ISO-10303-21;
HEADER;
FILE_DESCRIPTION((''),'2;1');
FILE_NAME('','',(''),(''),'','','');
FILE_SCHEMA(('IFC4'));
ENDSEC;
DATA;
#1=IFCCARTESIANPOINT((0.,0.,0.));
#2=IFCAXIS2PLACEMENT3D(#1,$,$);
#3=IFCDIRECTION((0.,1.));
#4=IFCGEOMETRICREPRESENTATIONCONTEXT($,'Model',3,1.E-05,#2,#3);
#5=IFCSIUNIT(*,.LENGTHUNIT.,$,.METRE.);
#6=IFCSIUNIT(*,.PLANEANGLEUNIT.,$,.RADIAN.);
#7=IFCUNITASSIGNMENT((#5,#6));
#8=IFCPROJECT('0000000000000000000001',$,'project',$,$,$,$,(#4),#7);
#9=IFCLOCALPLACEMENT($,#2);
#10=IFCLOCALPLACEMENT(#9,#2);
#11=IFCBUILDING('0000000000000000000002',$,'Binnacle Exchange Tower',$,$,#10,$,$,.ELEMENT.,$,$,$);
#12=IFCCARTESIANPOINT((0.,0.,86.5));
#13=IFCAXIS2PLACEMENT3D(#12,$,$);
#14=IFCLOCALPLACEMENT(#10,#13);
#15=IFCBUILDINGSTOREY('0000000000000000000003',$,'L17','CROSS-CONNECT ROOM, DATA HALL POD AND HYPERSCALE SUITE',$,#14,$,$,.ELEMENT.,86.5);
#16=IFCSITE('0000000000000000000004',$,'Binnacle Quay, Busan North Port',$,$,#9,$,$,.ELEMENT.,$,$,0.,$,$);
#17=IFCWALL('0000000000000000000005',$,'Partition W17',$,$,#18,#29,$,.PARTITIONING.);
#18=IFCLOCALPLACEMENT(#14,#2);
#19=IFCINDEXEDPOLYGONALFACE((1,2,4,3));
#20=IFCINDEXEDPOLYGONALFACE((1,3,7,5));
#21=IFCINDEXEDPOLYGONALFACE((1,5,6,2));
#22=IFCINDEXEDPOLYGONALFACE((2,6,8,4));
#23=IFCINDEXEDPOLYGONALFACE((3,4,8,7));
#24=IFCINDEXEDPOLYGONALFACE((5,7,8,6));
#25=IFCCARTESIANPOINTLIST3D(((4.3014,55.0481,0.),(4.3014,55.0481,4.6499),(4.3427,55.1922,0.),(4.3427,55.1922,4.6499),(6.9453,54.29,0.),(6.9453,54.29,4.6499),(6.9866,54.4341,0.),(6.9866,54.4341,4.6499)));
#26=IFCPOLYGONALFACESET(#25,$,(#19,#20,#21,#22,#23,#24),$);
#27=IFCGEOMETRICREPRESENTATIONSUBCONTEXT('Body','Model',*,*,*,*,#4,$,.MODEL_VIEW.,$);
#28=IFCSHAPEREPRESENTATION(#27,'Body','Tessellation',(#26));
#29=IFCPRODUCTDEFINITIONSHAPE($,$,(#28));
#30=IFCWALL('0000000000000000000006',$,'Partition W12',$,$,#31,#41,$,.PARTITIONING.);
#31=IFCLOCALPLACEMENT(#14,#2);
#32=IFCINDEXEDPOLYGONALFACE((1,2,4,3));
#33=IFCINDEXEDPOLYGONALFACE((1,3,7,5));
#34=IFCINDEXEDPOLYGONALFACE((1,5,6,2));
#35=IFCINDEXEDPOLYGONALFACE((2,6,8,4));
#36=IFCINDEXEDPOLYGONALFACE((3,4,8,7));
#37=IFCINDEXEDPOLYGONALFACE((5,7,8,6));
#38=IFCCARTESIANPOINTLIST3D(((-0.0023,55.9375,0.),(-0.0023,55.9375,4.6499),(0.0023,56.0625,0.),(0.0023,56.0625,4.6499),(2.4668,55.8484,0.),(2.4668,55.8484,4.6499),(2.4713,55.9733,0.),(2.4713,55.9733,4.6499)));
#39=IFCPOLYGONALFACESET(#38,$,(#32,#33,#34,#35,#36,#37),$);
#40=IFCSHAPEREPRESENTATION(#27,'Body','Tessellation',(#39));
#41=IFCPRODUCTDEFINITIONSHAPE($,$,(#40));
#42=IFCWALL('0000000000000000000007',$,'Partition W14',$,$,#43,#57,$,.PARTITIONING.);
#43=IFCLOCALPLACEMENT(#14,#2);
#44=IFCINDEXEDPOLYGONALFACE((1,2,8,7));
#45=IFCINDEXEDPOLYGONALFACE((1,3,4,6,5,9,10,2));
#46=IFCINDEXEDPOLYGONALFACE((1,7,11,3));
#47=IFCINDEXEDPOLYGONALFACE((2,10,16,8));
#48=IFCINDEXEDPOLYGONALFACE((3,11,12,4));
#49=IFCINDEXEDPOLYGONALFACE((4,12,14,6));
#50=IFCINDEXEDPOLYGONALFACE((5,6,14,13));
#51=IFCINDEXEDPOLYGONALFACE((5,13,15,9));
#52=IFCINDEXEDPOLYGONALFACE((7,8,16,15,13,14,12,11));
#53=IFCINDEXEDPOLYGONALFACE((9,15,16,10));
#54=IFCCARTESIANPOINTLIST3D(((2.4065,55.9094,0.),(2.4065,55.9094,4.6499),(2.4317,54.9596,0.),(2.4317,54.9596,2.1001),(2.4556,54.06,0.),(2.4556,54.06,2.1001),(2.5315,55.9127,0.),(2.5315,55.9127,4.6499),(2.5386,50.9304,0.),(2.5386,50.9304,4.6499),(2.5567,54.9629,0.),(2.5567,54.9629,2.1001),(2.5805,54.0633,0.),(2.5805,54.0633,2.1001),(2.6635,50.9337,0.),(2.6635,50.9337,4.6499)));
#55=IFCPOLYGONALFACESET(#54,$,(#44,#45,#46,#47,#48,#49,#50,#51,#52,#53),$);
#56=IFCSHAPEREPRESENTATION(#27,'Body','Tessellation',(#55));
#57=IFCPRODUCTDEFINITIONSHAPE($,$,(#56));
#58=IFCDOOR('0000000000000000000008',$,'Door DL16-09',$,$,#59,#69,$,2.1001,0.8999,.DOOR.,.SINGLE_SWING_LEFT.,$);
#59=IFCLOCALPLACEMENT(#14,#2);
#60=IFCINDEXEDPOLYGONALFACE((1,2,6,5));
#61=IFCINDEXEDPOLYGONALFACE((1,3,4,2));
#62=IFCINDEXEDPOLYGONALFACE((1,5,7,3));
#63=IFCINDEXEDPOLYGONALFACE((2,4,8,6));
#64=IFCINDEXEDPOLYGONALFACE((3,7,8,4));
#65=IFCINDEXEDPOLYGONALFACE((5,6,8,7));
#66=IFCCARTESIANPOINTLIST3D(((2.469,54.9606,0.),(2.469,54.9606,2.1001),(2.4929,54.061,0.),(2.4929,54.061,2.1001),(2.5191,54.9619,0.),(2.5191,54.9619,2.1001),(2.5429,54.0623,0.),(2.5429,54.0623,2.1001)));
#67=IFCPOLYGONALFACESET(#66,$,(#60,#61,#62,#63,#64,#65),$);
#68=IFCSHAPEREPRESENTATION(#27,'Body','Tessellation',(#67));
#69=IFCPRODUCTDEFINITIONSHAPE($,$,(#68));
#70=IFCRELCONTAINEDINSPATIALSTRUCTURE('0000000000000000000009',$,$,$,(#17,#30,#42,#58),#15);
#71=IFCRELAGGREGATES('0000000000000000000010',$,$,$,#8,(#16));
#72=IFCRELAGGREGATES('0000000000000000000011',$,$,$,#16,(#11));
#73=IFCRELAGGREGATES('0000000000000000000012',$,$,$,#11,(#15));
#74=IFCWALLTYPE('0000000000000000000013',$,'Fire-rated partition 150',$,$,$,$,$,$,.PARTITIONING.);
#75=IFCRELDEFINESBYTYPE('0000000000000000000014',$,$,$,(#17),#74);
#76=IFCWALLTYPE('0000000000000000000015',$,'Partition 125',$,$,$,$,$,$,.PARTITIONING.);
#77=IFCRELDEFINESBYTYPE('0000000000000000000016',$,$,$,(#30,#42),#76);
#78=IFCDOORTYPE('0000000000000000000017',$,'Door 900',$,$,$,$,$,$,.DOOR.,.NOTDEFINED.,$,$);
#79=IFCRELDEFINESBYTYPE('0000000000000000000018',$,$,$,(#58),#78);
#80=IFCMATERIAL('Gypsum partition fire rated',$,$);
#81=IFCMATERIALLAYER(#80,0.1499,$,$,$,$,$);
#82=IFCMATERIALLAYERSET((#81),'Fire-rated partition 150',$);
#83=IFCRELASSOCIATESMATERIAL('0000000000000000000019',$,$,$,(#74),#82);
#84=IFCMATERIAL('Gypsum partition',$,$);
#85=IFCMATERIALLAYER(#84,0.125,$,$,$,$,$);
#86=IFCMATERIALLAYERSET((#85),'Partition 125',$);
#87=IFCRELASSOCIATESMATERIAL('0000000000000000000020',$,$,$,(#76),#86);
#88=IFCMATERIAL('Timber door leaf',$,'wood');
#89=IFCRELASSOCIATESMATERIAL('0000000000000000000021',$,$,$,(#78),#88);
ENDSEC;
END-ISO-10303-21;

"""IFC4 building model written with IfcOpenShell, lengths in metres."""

from ifc_helpers import new_model, si_unit, direction, frame, frame_2d, origin, place, context, subcontext, project, spatial, rectangle, extrude, material, layer, layer_set, type_object, element, fill, save


model = new_model("IFC4")

# Units and contexts
model_context = context("Model", 3, precision=1e-05, world=origin(), true_north=direction((0.0, 1.0)))
body_context = subcontext(model_context, "Body", "Model", "MODEL_VIEW")
ifc_project = project(units=[si_unit("LENGTHUNIT", "METRE"), si_unit("PLANEANGLEUNIT", "RADIAN")], contexts=[model_context])

# Site, building, storey
site_placement = place(None, origin())
site = spatial("IfcSite", under=ifc_project, at=site_placement, Name="Binnacle Quay, Busan North Port", CompositionType="ELEMENT", RefElevation=0.0)
building_placement = place(site_placement, origin())
building = spatial("IfcBuilding", under=site, at=building_placement, Name="Binnacle Exchange Tower", CompositionType="ELEMENT")
storey_placement = place(building_placement, frame((0.0, 0.0, 86.5)))
storey = spatial("IfcBuildingStorey", under=building, at=storey_placement, Name="L17", Description="CROSS-CONNECT ROOM, DATA HALL POD AND HYPERSCALE SUITE", CompositionType="ELEMENT", Elevation=86.5)

# Walls
ifc_material_1 = material(Name="Gypsum partition fire rated")
ifc_layer_1 = layer(ifc_material_1, 0.1499)
ifc_layer_set_1 = layer_set([ifc_layer_1], Name="Fire-rated partition 150")
wall_type_1 = type_object("IfcWallType", Name="Fire-rated partition 150", PredefinedType="PARTITIONING", material=ifc_layer_set_1)
wall_1_placement = place(storey_placement, frame((4.322, 55.1201, 0.0), z_axis=(0.0, 0.0, 1.0), x_axis=(0.961272, -0.2756, 0.0)))
element("IfcWall", 1, at=wall_1_placement, inside=storey, type_object=wall_type_1, Name="Partition W17", PredefinedType="PARTITIONING", context=body_context, shape_type="SweptSolid", body=[
    extrude(rectangle(XDim=2.7505, YDim=0.1499, at=frame_2d((1.3752, 0.0))), origin(), (0.0, 0.0, 1.0), 4.6499),
])
ifc_material_2 = material(Name="Gypsum partition")
ifc_layer_2 = layer(ifc_material_2, 0.125)
ifc_layer_set_2 = layer_set([ifc_layer_2], Name="Partition 125")
wall_type_2 = type_object("IfcWallType", Name="Partition 125", PredefinedType="PARTITIONING", material=ifc_layer_set_2)
wall_2_placement = place(storey_placement, frame((0.0, 56.0, 0.0), z_axis=(0.0, 0.0, 1.0), x_axis=(0.999349, -0.036069, 0.0)))
element("IfcWall", 2, at=wall_2_placement, inside=storey, type_object=wall_type_2, Name="Partition W12", PredefinedType="PARTITIONING", context=body_context, shape_type="SweptSolid", body=[
    extrude(rectangle(XDim=2.4707, YDim=0.125, at=frame_2d((1.2354, 0.0))), origin(), (0.0, 0.0, 1.0), 4.6499),
])

# Wall, opening, door
wall_3_placement = place(storey_placement, frame((2.469, 55.9109, 0.0), z_axis=(0.0, 0.0, 1.0), x_axis=(0.026518, -0.999648, 0.0)))
wall_3 = element("IfcWall", 3, at=wall_3_placement, inside=storey, type_object=wall_type_2, Name="Partition W14", PredefinedType="PARTITIONING", context=body_context, shape_type="SweptSolid", body=[
    extrude(rectangle(XDim=4.9807, YDim=0.125, at=frame_2d((2.4902, 0.0))), origin(), (0.0, 0.0, 1.0), 4.6499),
])
opening_1_placement = place(wall_3_placement, frame((0.95, 0.0, 0.0)))
opening_1 = element("IfcOpeningElement", 4, at=opening_1_placement, cuts=wall_3, PredefinedType="OPENING", context=body_context, shape_type="SweptSolid", body=[
    extrude(rectangle(XDim=0.8999, YDim=2.1001, at=frame_2d((0.45, 1.05))), frame((0.0, 0.0725, 0.0), z_axis=(0.0, -1.0, 0.0), x_axis=(1.0, 0.0, 0.0)), (0.0, 0.0, 1.0), 0.145),
])
ifc_material_3 = material(Name="Timber door leaf", Category="wood")
door_type = type_object("IfcDoorType", Name="Door 900", OperationType="NOTDEFINED", PredefinedType="DOOR", material=ifc_material_3)
door_placement = place(opening_1_placement, origin())
door = element("IfcDoor", 5, at=door_placement, inside=storey, type_object=door_type, Name="Door DL16-09", OperationType="SINGLE_SWING_LEFT", OverallHeight=2.1001, OverallWidth=0.8999, PredefinedType="DOOR", context=body_context, shape_type="SweptSolid", body=[
    extrude(rectangle(XDim=0.8999, YDim=2.1001, at=frame_2d((0.45, 1.05))), frame((0.0, 0.0249, 0.0), z_axis=(0.0, -1.0, 0.0), x_axis=(1.0, 0.0, 0.0)), (0.0, 0.0, 1.0), 0.05),
])
fill(opening_1, door)

save(model, "model.ifc")
